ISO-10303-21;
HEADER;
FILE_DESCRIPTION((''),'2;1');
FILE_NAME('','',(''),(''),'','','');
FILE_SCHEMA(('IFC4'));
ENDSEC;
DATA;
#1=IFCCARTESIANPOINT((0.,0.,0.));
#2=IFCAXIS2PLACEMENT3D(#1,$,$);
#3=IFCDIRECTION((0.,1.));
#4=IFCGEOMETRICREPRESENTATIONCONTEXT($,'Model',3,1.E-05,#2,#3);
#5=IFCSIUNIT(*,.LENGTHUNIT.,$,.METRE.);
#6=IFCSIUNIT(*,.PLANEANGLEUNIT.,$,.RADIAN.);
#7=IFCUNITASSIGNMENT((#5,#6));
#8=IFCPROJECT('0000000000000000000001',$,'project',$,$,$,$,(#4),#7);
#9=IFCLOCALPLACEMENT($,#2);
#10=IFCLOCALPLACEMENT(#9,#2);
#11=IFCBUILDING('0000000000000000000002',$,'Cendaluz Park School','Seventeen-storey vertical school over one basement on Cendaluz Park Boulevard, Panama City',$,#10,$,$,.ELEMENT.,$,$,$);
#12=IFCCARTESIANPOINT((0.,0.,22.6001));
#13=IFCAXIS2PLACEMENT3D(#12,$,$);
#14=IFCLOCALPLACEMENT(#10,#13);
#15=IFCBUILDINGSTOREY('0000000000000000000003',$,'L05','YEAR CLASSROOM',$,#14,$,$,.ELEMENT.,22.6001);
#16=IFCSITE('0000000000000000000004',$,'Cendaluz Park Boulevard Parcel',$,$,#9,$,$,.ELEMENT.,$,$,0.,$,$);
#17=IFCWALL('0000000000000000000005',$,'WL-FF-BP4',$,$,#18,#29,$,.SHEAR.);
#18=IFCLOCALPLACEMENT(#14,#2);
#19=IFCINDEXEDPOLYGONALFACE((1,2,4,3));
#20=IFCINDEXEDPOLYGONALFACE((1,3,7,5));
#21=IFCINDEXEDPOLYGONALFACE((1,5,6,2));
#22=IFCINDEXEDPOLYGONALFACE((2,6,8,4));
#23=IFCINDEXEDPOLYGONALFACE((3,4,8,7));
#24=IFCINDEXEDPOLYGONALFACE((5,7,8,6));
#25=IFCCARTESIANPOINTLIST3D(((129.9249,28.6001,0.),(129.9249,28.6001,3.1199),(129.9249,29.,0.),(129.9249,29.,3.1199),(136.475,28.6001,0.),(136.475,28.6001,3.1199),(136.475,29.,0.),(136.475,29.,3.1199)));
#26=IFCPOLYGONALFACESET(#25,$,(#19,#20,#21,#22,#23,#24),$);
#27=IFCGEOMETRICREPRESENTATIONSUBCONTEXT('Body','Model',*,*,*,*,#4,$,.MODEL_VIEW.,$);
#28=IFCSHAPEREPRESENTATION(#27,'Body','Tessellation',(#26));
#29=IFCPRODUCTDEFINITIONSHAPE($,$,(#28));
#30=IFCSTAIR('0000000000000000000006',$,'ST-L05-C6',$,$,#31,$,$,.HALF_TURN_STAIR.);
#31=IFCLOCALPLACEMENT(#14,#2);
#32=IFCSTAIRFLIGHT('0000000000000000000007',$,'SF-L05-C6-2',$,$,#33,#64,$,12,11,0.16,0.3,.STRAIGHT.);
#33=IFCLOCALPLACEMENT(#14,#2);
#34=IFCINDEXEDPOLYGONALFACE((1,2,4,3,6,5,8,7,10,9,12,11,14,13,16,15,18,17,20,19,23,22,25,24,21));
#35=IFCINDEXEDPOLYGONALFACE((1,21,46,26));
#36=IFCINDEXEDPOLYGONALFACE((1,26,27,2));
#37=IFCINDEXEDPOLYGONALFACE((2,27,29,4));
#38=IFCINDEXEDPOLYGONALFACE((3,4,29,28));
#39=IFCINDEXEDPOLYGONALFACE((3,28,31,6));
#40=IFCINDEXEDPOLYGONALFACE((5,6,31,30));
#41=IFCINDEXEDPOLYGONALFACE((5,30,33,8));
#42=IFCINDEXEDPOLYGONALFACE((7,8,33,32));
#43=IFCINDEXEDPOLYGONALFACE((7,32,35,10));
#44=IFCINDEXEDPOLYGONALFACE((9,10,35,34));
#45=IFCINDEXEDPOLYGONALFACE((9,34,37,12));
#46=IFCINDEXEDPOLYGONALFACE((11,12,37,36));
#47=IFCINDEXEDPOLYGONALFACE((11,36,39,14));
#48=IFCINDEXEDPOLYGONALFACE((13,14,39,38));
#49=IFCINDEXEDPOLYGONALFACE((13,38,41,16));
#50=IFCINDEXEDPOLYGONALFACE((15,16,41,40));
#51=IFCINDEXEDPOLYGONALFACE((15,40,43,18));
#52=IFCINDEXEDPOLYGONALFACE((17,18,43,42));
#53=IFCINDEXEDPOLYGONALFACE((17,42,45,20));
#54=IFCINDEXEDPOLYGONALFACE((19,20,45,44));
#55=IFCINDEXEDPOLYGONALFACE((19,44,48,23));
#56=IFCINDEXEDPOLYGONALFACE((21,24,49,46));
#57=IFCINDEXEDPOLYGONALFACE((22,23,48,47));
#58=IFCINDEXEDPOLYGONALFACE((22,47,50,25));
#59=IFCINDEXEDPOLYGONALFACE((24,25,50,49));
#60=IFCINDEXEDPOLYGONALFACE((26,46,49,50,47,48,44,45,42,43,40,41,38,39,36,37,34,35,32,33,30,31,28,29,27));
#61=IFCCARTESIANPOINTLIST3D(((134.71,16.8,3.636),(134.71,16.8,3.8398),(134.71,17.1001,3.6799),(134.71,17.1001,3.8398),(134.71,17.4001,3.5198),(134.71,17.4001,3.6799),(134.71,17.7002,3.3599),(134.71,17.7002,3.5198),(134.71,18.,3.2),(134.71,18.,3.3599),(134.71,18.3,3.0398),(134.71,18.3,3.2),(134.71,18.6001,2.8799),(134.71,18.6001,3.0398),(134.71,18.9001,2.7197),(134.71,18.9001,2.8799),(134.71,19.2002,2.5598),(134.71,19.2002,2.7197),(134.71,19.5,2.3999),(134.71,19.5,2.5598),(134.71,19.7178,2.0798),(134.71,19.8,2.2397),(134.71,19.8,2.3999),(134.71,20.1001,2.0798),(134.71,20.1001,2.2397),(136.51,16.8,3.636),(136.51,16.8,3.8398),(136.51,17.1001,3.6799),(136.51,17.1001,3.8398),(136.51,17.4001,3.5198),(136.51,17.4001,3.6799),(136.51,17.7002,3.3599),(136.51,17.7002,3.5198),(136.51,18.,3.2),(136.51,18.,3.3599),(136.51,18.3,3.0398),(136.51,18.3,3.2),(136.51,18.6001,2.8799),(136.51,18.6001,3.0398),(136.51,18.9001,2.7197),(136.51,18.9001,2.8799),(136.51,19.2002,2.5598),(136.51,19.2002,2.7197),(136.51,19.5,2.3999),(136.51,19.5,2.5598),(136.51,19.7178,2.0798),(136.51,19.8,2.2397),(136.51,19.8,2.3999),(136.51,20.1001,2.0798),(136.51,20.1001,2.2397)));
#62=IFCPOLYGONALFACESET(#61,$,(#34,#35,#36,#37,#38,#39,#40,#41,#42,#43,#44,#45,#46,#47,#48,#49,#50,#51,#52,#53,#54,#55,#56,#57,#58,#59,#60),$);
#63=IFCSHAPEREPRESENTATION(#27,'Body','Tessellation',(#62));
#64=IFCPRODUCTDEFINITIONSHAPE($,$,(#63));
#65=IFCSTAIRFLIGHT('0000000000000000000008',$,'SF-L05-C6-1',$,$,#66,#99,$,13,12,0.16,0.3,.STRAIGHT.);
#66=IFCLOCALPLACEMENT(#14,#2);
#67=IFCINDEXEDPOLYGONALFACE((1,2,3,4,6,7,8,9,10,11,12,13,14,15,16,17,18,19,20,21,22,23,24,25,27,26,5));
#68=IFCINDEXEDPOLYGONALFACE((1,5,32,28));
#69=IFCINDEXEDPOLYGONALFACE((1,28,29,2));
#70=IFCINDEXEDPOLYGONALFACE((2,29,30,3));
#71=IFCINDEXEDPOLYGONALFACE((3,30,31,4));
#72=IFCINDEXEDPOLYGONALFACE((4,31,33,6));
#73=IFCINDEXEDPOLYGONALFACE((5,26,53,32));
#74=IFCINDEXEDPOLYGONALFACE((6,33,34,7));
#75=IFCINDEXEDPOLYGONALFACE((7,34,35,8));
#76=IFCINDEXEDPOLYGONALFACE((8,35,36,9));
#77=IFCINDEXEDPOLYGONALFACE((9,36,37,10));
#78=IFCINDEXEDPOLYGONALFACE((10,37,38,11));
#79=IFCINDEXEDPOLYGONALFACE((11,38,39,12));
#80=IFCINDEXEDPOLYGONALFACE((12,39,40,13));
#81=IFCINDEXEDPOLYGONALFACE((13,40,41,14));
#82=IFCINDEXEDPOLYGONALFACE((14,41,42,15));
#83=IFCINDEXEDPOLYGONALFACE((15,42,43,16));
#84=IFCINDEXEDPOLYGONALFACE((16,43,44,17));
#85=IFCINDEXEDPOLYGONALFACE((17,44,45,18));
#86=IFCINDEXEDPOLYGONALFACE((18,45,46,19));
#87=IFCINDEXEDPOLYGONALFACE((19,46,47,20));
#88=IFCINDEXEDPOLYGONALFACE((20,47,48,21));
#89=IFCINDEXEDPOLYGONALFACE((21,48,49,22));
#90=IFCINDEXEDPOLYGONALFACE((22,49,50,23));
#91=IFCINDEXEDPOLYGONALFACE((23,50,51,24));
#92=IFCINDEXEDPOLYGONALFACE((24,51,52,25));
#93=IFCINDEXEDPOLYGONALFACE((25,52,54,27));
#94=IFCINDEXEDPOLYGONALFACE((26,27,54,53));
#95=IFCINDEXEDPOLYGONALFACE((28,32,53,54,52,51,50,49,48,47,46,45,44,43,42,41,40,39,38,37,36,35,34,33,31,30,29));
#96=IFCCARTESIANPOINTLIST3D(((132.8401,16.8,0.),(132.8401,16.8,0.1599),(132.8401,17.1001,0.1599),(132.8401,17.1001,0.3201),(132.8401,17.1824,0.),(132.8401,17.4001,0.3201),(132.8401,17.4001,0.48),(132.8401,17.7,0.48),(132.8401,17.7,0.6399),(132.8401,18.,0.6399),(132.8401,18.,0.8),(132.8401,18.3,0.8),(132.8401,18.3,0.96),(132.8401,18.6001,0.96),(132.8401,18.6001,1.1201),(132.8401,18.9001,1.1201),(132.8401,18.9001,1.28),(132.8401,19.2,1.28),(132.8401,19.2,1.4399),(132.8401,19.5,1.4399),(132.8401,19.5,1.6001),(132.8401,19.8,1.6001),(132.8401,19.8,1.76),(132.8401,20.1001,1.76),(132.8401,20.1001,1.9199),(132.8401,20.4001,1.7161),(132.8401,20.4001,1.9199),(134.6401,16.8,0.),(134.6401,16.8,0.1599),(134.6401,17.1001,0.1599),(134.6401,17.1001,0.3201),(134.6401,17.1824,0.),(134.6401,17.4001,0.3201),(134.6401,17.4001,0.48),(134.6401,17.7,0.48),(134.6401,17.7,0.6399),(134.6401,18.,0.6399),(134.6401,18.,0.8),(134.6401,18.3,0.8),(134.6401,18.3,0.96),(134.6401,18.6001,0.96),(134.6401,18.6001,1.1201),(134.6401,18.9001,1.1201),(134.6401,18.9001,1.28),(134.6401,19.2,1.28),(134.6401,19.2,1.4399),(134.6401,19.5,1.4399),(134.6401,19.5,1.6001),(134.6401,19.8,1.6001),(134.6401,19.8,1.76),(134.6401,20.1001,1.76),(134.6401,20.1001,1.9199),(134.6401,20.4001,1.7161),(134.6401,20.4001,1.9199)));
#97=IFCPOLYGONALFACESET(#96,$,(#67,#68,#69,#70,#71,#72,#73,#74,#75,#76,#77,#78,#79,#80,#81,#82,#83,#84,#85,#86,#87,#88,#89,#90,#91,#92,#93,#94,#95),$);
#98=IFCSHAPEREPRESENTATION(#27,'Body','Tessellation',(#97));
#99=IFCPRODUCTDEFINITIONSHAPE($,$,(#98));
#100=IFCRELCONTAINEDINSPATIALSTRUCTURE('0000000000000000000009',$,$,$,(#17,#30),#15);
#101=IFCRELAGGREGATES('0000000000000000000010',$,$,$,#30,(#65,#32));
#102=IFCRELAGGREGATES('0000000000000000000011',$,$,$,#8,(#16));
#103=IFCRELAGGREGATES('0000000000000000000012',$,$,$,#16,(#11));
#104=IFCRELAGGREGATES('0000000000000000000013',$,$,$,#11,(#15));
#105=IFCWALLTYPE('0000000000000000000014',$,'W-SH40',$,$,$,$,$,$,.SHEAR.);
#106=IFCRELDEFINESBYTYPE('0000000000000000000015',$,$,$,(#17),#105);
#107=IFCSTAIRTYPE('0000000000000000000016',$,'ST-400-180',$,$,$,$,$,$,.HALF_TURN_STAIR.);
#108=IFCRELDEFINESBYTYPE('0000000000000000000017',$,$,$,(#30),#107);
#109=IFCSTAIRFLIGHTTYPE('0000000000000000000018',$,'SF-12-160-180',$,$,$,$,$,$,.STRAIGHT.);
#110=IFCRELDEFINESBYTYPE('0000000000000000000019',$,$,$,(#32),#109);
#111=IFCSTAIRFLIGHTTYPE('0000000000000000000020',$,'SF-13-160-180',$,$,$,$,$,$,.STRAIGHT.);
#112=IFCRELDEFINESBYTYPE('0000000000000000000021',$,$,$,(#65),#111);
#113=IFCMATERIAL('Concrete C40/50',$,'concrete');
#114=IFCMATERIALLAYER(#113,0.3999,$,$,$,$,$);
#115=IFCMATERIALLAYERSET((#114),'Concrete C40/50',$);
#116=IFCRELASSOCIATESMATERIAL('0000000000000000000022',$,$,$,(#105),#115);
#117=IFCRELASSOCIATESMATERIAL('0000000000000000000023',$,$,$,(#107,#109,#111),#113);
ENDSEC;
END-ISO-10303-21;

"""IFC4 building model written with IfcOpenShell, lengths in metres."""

from ifc_helpers import new_model, si_unit, direction, frame, frame_2d, origin, place, context, subcontext, project, spatial, polyline, rectangle, outline, extrude, material, layer, layer_set, type_object, element, aggregate, save


model = new_model("IFC4")

# Units and contexts
model_context = context("Model", 3, precision=1e-05, world=origin(), true_north=direction((0.0, 1.0)))
body_context = subcontext(model_context, "Body", "Model", "MODEL_VIEW")
ifc_project = project(units=[si_unit("LENGTHUNIT", "METRE"), si_unit("PLANEANGLEUNIT", "RADIAN")], contexts=[model_context])

# Site, building, storey
site_placement = place(None, origin())
site = spatial("IfcSite", under=ifc_project, at=site_placement, Name="Cendaluz Park Boulevard Parcel", CompositionType="ELEMENT", RefElevation=0.0)
building_placement = place(site_placement, origin())
building = spatial("IfcBuilding", under=site, at=building_placement, Name="Cendaluz Park School", Description="Seventeen-storey vertical school over one basement on Cendaluz Park Boulevard, Panama City", CompositionType="ELEMENT")
storey_placement = place(building_placement, frame((0.0, 0.0, 22.6001)))
storey = spatial("IfcBuildingStorey", under=building, at=storey_placement, Name="L05", Description="YEAR CLASSROOM", CompositionType="ELEMENT", Elevation=22.6001)

# Shared definitions
ifc_material_1 = material(Name="Concrete C40/50", Category="concrete")

# Wall
ifc_layer_1 = layer(ifc_material_1, 0.3999)
ifc_layer_set_1 = layer_set([ifc_layer_1], Name="Concrete C40/50")
wall_type_1 = type_object("IfcWallType", Name="W-SH40", PredefinedType="SHEAR", material=ifc_layer_set_1)
wall_1_placement = place(storey_placement, frame((129.925, 28.8, 0.0), z_axis=(0.0, 0.0, 1.0), x_axis=(1.0, 0.0, 0.0)))
element("IfcWall", 1, at=wall_1_placement, inside=storey, type_object=wall_type_1, Name="WL-FF-BP4", PredefinedType="SHEAR", context=body_context, shape_type="SweptSolid", body=[
    extrude(rectangle(XDim=6.55, YDim=0.3999, at=frame_2d((3.2749, 0.0))), origin(), (0.0, 0.0, 1.0), 3.1199),
])

# Stair, stair flights
stair_type = type_object("IfcStairType", Name="ST-400-180", PredefinedType="HALF_TURN_STAIR", material=ifc_material_1)
stair_placement = place(storey_placement, origin())
stair = element("IfcStair", 2, at=stair_placement, inside=storey, type_object=stair_type, Name="ST-L05-C6", PredefinedType="HALF_TURN_STAIR")
stair_flight_type_1 = type_object("IfcStairFlightType", Name="SF-12-160-180", PredefinedType="STRAIGHT", material=ifc_material_1)
stair_flight_1_placement = place(storey_placement, frame((135.6101, 20.1001, 2.0798), z_axis=(0.0, 0.0, 1.0), x_axis=(0.0, -1.0, 0.0)))
stair_flight_1 = element("IfcStairFlight", 3, at=stair_flight_1_placement, type_object=stair_flight_type_1, Name="SF-L05-C6-2", NumberOfRisers=12, NumberOfTreads=11, PredefinedType="STRAIGHT", RiserHeight=0.16, TreadLength=0.3, context=body_context, shape_type="SweptSolid", body=[
    extrude(outline(polyline([(0.0, 0.0), (0.0, 0.1599), (0.3, 0.1599), (0.3, 0.3201), (0.6001, 0.3201), (0.6001, 0.48), (0.8999, 0.48), (0.8999, 0.6399), (1.2, 0.6399), (1.2, 0.8), (1.5, 0.8), (1.5, 0.96), (1.8, 0.96), (1.8, 1.1201), (2.1001, 1.1201), (2.1001, 1.28), (2.3999, 1.28), (2.3999, 1.4399), (2.7, 1.4399), (2.7, 1.6001), (3.0, 1.6001), (3.0, 1.76), (3.3, 1.76), (3.3, 1.9199), (3.3, 1.5562), (0.3823, 0.0), (0.0, 0.0)])), frame((0.0, 0.8999, 0.0), z_axis=(0.0, -1.0, 0.0), x_axis=(1.0, 0.0, 0.0)), (0.0, 0.0, 1.0), 1.8),
])
stair_flight_type_2 = type_object("IfcStairFlightType", Name="SF-13-160-180", PredefinedType="STRAIGHT", material=ifc_material_1)
stair_flight_2_placement = place(storey_placement, frame((133.74, 16.8, 0.0), z_axis=(0.0, 0.0, 1.0), x_axis=(0.0, 1.0, 0.0)))
stair_flight_2 = element("IfcStairFlight", 4, at=stair_flight_2_placement, type_object=stair_flight_type_2, Name="SF-L05-C6-1", NumberOfRisers=13, NumberOfTreads=12, PredefinedType="STRAIGHT", RiserHeight=0.16, TreadLength=0.3, context=body_context, shape_type="SweptSolid", body=[
    extrude(outline(polyline([(0.0, 0.0), (0.0, 0.1599), (0.3, 0.1599), (0.3, 0.3201), (0.6001, 0.3201), (0.6001, 0.48), (0.8999, 0.48), (0.8999, 0.6399), (1.2, 0.6399), (1.2, 0.8), (1.5, 0.8), (1.5, 0.96), (1.8, 0.96), (1.8, 1.1201), (2.1001, 1.1201), (2.1001, 1.28), (2.3999, 1.28), (2.3999, 1.4399), (2.7, 1.4399), (2.7, 1.6001), (3.0, 1.6001), (3.0, 1.76), (3.3, 1.76), (3.3, 1.9199), (3.6001, 1.9199), (3.6001, 2.0801), (3.6001, 1.7161), (0.3823, 0.0), (0.0, 0.0)])), frame((0.0, 0.8999, 0.0), z_axis=(0.0, -1.0, 0.0), x_axis=(1.0, 0.0, 0.0)), (0.0, 0.0, 1.0), 1.8),
])
aggregate(stair, [stair_flight_2, stair_flight_1])

save(model, "model.ifc")
